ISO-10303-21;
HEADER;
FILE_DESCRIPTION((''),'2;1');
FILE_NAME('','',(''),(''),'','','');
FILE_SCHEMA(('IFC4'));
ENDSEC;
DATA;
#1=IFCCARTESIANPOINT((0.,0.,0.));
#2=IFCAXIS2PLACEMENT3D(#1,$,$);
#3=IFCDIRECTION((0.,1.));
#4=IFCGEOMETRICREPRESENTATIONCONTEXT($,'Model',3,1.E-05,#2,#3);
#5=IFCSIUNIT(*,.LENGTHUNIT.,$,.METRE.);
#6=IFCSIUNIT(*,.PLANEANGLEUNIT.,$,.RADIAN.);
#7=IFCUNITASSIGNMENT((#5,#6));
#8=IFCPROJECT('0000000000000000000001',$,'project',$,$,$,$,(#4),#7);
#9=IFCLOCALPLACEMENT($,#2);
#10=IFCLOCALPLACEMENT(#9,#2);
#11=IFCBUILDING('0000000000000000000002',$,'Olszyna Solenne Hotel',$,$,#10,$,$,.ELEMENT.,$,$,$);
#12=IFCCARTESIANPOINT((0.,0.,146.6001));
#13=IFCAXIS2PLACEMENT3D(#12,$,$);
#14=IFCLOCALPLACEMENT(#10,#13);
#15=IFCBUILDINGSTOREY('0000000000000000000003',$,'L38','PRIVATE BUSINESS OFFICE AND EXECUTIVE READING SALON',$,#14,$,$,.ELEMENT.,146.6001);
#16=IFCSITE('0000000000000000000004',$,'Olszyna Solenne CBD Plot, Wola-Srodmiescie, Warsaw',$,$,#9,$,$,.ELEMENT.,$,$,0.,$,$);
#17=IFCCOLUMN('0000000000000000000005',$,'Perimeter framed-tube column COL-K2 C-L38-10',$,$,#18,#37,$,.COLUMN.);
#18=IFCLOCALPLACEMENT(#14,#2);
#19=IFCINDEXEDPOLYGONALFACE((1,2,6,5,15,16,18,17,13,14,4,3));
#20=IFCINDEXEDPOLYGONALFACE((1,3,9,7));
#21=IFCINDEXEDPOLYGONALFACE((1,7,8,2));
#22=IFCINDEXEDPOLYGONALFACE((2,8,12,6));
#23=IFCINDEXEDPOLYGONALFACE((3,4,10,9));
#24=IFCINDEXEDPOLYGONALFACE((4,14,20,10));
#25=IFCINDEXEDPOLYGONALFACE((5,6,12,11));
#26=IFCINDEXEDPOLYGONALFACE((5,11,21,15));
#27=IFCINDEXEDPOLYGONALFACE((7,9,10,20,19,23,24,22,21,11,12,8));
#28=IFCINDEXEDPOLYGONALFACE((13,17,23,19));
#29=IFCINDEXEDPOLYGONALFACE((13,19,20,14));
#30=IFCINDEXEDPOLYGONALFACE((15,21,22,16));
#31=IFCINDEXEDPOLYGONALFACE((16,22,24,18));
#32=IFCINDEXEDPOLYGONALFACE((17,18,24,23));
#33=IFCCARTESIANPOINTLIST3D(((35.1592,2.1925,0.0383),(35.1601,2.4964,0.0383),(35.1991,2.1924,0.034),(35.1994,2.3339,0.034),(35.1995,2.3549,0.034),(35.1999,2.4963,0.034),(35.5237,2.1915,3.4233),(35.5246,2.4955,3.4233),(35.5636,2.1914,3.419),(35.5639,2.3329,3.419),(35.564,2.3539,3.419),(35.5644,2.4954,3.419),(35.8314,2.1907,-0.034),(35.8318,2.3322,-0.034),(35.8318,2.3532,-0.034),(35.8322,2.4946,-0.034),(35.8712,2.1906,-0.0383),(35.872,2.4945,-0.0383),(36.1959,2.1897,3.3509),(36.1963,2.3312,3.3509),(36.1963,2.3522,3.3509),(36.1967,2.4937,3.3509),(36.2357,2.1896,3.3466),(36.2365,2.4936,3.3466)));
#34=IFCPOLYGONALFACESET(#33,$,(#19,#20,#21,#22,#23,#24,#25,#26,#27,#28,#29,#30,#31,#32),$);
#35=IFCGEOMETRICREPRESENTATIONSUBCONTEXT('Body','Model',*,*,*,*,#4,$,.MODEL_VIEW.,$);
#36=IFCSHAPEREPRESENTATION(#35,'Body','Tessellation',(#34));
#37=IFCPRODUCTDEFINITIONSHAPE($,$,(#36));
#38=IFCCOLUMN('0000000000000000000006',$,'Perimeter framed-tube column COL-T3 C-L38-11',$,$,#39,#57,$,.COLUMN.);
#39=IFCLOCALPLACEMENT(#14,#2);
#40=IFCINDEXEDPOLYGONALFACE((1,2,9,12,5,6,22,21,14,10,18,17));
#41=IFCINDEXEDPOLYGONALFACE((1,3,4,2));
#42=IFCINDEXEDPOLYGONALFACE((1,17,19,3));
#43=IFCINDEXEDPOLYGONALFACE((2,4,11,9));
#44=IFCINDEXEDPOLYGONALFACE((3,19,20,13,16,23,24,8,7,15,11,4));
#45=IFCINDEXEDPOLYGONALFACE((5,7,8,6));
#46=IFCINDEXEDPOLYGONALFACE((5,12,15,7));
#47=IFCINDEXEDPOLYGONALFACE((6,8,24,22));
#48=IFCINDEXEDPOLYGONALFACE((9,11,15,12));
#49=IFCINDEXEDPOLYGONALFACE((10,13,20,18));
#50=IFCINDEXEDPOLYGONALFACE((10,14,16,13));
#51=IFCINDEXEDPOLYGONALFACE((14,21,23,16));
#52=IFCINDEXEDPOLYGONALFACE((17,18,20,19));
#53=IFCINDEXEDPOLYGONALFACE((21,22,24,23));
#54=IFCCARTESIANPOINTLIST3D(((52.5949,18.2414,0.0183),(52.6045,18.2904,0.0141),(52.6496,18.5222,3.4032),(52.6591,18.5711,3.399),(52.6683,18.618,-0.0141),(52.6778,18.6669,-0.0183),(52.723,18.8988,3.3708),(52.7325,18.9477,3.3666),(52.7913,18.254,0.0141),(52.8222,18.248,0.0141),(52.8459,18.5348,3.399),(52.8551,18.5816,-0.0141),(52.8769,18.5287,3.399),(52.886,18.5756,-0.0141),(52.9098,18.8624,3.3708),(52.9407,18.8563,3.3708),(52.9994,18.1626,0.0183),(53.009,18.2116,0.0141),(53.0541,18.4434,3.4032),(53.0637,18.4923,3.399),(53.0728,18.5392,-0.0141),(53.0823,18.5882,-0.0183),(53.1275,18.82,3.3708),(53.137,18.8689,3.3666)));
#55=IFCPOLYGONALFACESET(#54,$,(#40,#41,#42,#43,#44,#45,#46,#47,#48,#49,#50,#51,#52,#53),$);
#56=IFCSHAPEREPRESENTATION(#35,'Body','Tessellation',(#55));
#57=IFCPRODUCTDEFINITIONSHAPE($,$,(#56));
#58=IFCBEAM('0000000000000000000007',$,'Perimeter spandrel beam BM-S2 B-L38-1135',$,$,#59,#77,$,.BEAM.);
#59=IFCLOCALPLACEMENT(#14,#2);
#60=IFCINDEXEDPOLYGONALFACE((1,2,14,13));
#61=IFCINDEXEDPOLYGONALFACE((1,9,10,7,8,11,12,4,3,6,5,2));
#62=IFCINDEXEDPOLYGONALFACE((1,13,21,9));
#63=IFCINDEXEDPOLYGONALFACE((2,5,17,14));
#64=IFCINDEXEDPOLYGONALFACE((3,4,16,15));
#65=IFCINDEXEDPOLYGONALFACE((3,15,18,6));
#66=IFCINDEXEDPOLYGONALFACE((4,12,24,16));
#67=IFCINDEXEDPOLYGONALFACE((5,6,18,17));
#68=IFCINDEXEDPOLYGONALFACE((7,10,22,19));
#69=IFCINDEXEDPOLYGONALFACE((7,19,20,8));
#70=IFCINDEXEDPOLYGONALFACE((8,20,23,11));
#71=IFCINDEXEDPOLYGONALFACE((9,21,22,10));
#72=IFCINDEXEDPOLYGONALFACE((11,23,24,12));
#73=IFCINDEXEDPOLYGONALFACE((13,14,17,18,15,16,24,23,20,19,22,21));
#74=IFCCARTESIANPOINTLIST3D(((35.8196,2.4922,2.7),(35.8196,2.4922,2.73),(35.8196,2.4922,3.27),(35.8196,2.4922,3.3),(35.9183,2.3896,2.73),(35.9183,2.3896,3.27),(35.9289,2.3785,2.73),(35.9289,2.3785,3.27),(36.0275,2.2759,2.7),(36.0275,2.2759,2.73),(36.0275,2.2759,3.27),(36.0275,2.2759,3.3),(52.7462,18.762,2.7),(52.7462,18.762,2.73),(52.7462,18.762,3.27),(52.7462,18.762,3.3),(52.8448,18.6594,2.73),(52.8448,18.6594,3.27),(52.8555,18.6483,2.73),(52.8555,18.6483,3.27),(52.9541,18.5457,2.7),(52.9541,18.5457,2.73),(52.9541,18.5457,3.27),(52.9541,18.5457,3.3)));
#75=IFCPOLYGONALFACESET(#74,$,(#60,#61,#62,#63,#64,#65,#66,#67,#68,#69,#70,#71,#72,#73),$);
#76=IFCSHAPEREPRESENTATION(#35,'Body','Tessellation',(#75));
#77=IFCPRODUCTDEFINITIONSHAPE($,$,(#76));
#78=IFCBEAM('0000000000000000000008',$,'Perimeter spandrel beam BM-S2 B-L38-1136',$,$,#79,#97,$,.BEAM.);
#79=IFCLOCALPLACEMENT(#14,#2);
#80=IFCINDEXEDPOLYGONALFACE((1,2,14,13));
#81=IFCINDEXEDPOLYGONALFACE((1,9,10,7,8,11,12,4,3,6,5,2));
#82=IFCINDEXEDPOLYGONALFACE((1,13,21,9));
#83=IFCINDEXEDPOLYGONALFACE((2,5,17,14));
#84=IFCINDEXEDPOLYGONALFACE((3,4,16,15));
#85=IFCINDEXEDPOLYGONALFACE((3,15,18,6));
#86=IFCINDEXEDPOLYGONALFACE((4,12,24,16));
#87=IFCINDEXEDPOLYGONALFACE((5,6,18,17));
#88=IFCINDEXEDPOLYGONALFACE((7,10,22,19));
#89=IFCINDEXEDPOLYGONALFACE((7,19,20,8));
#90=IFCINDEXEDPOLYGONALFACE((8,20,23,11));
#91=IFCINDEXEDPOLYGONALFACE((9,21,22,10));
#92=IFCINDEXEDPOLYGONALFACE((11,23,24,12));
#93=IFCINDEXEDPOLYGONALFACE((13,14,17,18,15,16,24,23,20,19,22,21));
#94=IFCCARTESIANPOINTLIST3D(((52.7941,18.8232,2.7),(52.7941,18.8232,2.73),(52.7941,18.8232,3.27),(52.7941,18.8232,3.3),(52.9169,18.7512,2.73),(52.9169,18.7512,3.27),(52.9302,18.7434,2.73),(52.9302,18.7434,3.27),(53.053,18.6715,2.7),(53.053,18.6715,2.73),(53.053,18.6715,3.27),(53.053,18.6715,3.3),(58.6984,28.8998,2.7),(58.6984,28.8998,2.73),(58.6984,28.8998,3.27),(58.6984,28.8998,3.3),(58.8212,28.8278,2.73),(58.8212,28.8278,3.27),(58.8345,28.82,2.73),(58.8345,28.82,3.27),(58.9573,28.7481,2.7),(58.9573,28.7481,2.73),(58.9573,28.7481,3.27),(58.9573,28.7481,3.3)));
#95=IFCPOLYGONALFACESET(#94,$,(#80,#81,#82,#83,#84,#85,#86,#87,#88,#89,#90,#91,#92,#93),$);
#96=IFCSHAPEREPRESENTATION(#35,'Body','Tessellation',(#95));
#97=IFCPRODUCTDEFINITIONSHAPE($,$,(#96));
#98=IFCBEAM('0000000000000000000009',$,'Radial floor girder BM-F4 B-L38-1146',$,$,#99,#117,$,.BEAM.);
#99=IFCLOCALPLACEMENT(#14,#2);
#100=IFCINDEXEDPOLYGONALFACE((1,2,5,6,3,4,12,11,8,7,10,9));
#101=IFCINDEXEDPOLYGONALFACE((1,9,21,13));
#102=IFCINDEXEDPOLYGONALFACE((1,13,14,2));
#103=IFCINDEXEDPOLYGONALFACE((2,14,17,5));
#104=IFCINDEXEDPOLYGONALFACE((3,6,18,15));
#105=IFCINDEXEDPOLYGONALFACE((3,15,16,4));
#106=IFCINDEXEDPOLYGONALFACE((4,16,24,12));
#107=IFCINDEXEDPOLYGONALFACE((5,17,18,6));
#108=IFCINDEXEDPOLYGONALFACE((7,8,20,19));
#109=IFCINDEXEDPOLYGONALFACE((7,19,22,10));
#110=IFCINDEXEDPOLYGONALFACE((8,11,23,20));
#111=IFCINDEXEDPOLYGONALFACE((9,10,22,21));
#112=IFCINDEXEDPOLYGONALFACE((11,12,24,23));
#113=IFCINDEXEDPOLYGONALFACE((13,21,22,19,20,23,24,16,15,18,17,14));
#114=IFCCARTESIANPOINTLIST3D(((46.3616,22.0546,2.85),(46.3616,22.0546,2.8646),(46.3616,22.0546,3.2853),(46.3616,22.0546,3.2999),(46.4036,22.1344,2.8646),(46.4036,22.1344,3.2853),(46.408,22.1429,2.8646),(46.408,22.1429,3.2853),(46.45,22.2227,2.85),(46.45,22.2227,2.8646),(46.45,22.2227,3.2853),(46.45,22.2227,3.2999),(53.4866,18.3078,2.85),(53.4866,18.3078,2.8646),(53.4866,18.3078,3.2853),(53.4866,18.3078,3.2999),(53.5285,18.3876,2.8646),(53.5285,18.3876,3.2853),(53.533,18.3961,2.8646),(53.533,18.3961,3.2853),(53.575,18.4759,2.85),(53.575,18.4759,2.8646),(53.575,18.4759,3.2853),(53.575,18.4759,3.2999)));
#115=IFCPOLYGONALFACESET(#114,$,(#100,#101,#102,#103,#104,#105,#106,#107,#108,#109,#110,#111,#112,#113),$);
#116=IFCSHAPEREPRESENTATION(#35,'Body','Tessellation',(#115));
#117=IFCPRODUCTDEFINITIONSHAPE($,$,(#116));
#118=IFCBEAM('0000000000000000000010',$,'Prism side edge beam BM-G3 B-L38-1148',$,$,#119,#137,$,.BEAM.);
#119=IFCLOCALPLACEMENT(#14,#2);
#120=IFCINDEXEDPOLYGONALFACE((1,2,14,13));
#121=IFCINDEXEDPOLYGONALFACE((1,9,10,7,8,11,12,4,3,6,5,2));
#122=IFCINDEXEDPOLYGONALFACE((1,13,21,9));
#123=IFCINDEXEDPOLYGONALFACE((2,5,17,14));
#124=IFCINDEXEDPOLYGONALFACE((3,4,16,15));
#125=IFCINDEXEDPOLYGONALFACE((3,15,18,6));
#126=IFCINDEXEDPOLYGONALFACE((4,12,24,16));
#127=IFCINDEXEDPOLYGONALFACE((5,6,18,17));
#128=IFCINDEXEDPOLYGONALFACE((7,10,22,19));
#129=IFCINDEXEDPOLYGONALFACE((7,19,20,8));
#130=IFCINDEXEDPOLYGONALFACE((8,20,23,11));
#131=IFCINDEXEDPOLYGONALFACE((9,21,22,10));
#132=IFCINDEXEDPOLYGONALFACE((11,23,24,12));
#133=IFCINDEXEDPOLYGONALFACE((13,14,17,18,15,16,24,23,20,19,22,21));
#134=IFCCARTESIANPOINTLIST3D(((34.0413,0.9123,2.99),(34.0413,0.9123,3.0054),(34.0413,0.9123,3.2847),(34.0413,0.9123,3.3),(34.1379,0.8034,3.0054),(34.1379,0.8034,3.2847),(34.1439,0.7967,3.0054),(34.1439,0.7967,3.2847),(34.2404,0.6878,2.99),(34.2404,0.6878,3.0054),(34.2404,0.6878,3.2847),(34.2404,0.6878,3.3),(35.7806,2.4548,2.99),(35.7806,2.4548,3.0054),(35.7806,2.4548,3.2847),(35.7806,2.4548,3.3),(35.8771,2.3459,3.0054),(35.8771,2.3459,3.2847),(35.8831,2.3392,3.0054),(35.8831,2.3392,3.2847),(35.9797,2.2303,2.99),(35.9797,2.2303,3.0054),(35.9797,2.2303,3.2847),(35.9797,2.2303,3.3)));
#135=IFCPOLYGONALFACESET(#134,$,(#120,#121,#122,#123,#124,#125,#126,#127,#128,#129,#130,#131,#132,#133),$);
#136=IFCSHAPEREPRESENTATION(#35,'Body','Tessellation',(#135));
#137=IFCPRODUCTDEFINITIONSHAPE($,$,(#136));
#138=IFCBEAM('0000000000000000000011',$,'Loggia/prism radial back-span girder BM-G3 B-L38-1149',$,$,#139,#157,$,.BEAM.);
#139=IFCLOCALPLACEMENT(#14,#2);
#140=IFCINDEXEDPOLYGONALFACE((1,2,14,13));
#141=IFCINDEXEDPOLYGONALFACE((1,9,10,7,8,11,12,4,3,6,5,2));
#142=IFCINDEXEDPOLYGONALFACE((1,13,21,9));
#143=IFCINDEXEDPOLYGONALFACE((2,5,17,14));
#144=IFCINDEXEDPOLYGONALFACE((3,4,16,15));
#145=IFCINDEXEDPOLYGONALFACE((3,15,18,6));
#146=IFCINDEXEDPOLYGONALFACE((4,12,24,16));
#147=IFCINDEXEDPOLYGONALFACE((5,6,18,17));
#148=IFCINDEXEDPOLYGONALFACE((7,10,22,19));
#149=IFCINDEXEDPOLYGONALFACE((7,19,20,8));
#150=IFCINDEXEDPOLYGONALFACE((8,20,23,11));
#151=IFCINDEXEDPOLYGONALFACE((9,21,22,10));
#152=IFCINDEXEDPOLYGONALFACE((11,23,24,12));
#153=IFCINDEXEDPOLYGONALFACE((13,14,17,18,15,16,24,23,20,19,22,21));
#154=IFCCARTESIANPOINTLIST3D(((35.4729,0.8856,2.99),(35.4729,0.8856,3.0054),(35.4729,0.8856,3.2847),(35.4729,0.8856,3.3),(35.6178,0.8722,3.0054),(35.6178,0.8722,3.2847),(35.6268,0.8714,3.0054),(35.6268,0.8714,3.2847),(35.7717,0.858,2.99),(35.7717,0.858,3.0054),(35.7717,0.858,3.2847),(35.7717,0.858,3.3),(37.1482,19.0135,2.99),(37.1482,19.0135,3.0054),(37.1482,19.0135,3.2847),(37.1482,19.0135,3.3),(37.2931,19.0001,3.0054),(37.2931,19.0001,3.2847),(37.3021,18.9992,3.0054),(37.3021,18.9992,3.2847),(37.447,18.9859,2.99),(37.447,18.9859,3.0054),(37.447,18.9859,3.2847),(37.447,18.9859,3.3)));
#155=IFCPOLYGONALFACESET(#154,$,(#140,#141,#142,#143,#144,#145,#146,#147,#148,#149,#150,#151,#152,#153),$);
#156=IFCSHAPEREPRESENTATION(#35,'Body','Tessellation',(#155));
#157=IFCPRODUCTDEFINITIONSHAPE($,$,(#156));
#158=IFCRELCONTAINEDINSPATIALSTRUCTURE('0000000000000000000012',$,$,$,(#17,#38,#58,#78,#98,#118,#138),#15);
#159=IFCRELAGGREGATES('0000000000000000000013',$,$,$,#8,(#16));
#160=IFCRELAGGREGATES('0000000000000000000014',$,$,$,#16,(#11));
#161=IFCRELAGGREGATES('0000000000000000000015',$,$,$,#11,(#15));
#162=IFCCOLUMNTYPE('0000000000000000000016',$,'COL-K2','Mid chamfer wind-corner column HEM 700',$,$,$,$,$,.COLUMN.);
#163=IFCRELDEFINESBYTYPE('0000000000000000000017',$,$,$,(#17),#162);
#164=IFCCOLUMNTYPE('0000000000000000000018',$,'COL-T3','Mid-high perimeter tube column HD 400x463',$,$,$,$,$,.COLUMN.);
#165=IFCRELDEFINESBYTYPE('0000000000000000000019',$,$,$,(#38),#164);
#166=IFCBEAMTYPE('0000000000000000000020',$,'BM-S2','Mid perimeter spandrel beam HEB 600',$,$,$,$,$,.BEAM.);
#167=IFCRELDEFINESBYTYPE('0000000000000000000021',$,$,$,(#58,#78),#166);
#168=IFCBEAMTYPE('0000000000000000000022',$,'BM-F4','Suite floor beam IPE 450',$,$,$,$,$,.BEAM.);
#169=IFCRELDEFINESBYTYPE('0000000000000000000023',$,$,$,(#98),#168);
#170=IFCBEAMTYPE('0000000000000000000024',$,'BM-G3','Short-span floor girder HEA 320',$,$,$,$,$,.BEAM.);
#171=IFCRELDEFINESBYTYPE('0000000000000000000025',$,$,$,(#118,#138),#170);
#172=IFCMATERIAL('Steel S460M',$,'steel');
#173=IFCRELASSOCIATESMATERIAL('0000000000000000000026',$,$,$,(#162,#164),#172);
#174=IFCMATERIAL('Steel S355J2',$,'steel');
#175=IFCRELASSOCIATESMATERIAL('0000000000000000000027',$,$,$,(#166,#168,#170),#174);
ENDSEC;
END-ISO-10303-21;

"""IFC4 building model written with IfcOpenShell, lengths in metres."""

from ifc_helpers import new_model, si_unit, direction, frame, origin, origin_2d, place, context, subcontext, project, spatial, i_section, extrude, source, transform, mapped, material, material_profile, profile_set, type_object, element, save


model = new_model("IFC4")

# Units and contexts
model_context = context("Model", 3, precision=1e-05, world=origin(), true_north=direction((0.0, 1.0)))
body_context = subcontext(model_context, "Body", "Model", "MODEL_VIEW")
ifc_project = project(units=[si_unit("LENGTHUNIT", "METRE"), si_unit("PLANEANGLEUNIT", "RADIAN")], contexts=[model_context])

# Site, building, storey
site_placement = place(None, origin())
site = spatial("IfcSite", under=ifc_project, at=site_placement, Name="Olszyna Solenne CBD Plot, Wola-Srodmiescie, Warsaw", CompositionType="ELEMENT", RefElevation=0.0)
building_placement = place(site_placement, origin())
building = spatial("IfcBuilding", under=site, at=building_placement, Name="Olszyna Solenne Hotel", CompositionType="ELEMENT")
storey_placement = place(building_placement, frame((0.0, 0.0, 146.6001)))
storey = spatial("IfcBuildingStorey", under=building, at=storey_placement, Name="L38", Description="PRIVATE BUSINESS OFFICE AND EXECUTIVE READING SALON", CompositionType="ELEMENT", Elevation=146.6001)

# Columns
ifc_material_1 = material(Name="Steel S460M", Category="steel")
ifc_material_profile_1 = material_profile(ifc_material_1, i_section(OverallWidth=0.304, OverallDepth=0.7161, WebThickness=0.021, FlangeThickness=0.04, at=origin_2d()), Name="HEM 700", Category="load-bearing")
ifc_profile_set_1 = profile_set([ifc_material_profile_1], Name="Steel S460M")
column_type_1 = type_object("IfcColumnType", Name="COL-K2", Description="Mid chamfer wind-corner column HEM 700", PredefinedType="COLUMN", material=ifc_profile_set_1)
shared_shape_1 = source(origin(), body_context, "Body", "SweptSolid", [
    extrude(i_section(OverallWidth=0.304, OverallDepth=0.7161, WebThickness=0.021, FlangeThickness=0.04, at=origin_2d()), origin(), (0.0, 0.0, 1.0), 3.4045),
])
column_1_placement = place(storey_placement, frame((35.5156, 2.3435, 0.0), z_axis=(0.107062, -0.000287, 0.994252), x_axis=(0.002679, 0.999996, 0.0)))
element("IfcColumn", 1, at=column_1_placement, inside=storey, type_object=column_type_1, Name="Perimeter framed-tube column COL-K2 C-L38-10", PredefinedType="COLUMN", context=body_context, shape_type="MappedRepresentation", body=[
    mapped(shared_shape_1, transform((0.0, 0.0, 0.0), x_axis=(1.0, 0.0, 0.0), y_axis=(0.0, 1.0, 0.0), z_axis=(0.0, 0.0, 1.0), scale=1.0)),
])
ifc_material_profile_2 = material_profile(ifc_material_1, i_section(OverallWidth=0.4121, OverallDepth=0.4351, WebThickness=0.0315, FlangeThickness=0.05, at=origin_2d()), Name="HD 400x463", Category="load-bearing")
ifc_profile_set_2 = profile_set([ifc_material_profile_2], Name="Steel S460M")
column_type_2 = type_object("IfcColumnType", Name="COL-T3", Description="Mid-high perimeter tube column HD 400x463", PredefinedType="COLUMN", material=ifc_profile_set_2)
shared_shape_2 = source(origin(), body_context, "Body", "SweptSolid", [
    extrude(i_section(OverallWidth=0.4121, OverallDepth=0.4351, WebThickness=0.0315, FlangeThickness=0.05, at=origin_2d()), origin(), (0.0, 0.0, 1.0), 3.397),
])
column_2_placement = place(storey_placement, frame((52.8386, 18.4148, 0.0), z_axis=(0.016098, 0.082648, 0.996449), x_axis=(-0.981553, 0.191189, 0.0)))
element("IfcColumn", 2, at=column_2_placement, inside=storey, type_object=column_type_2, Name="Perimeter framed-tube column COL-T3 C-L38-11", PredefinedType="COLUMN", context=body_context, shape_type="MappedRepresentation", body=[
    mapped(shared_shape_2, transform((0.0, 0.0, 0.0), x_axis=(1.0, 0.0, 0.0), y_axis=(0.0, 1.0, 0.0), z_axis=(0.0, 0.0, 1.0), scale=1.0)),
])

# Beams
ifc_material_2 = material(Name="Steel S355J2", Category="steel")
ifc_material_profile_3 = material_profile(ifc_material_2, i_section(OverallWidth=0.3, OverallDepth=0.6001, WebThickness=0.0154, FlangeThickness=0.03, at=origin_2d()), Name="HEB 600", Category="load-bearing")
ifc_profile_set_3 = profile_set([ifc_material_profile_3], Name="Steel S355J2")
beam_type_1 = type_object("IfcBeamType", Name="BM-S2", Description="Mid perimeter spandrel beam HEB 600", PredefinedType="BEAM", material=ifc_profile_set_3)
shared_shape_3 = source(origin(), body_context, "Body", "SweptSolid", [
    extrude(i_section(OverallWidth=0.3, OverallDepth=0.6001, WebThickness=0.0154, FlangeThickness=0.03, at=origin_2d()), origin(), (0.0, 0.0, 1.0), 23.478),
])
beam_1_placement = place(storey_placement, frame((35.9236, 2.384, 3.0), z_axis=(0.720955, 0.692982, 0.0), x_axis=(-0.692982, 0.720955, 0.0)))
element("IfcBeam", 3, at=beam_1_placement, inside=storey, type_object=beam_type_1, Name="Perimeter spandrel beam BM-S2 B-L38-1135", PredefinedType="BEAM", context=body_context, shape_type="MappedRepresentation", body=[
    mapped(shared_shape_3, transform((0.0, 0.0, 0.0), x_axis=(1.0, 0.0, 0.0), y_axis=(0.0, 1.0, 0.0), z_axis=(0.0, 0.0, 1.0), scale=1.0)),
])
shared_shape_4 = source(origin(), body_context, "Body", "SweptSolid", [
    extrude(i_section(OverallWidth=0.3, OverallDepth=0.6001, WebThickness=0.0154, FlangeThickness=0.03, at=origin_2d()), origin(), (0.0, 0.0, 1.0), 11.679),
])
beam_2_placement = place(storey_placement, frame((52.9236, 18.7473, 3.0), z_axis=(0.505547, 0.862799, 0.0), x_axis=(-0.862799, 0.505547, 0.0)))
element("IfcBeam", 4, at=beam_2_placement, inside=storey, type_object=beam_type_1, Name="Perimeter spandrel beam BM-S2 B-L38-1136", PredefinedType="BEAM", context=body_context, shape_type="MappedRepresentation", body=[
    mapped(shared_shape_4, transform((0.0, 0.0, 0.0), x_axis=(1.0, 0.0, 0.0), y_axis=(0.0, 1.0, 0.0), z_axis=(0.0, 0.0, 1.0), scale=1.0)),
])
ifc_material_profile_4 = material_profile(ifc_material_2, i_section(OverallWidth=0.1899, OverallDepth=0.45, WebThickness=0.0095, FlangeThickness=0.0146, at=origin_2d()), Name="IPE 450", Category="load-bearing")
ifc_profile_set_4 = profile_set([ifc_material_profile_4], Name="Steel S355J2")
beam_type_2 = type_object("IfcBeamType", Name="BM-F4", Description="Suite floor beam IPE 450", PredefinedType="BEAM", material=ifc_profile_set_4)
shared_shape_5 = source(origin(), body_context, "Body", "SweptSolid", [
    extrude(i_section(OverallWidth=0.1899, OverallDepth=0.45, WebThickness=0.0095, FlangeThickness=0.0146, at=origin_2d()), origin(), (0.0, 0.0, 1.0), 8.05),
])
beam_3_placement = place(storey_placement, frame((53.5308, 18.3918, 3.075), z_axis=(-0.885081, 0.465438, 0.0), x_axis=(-0.465438, -0.885081, 0.0)))
element("IfcBeam", 5, at=beam_3_placement, inside=storey, type_object=beam_type_2, Name="Radial floor girder BM-F4 B-L38-1146", PredefinedType="BEAM", context=body_context, shape_type="MappedRepresentation", body=[
    mapped(shared_shape_5, transform((0.0, 0.0, 0.0), x_axis=(1.0, 0.0, 0.0), y_axis=(0.0, 1.0, 0.0), z_axis=(0.0, 0.0, 1.0), scale=1.0)),
])
ifc_material_profile_5 = material_profile(ifc_material_2, i_section(OverallWidth=0.3, OverallDepth=0.3101, WebThickness=0.009, FlangeThickness=0.0154, at=origin_2d()), Name="HEA 320", Category="load-bearing")
ifc_profile_set_5 = profile_set([ifc_material_profile_5], Name="Steel S355J2")
beam_type_3 = type_object("IfcBeamType", Name="BM-G3", Description="Short-span floor girder HEA 320", PredefinedType="BEAM", material=ifc_profile_set_5)
shared_shape_6 = source(origin(), body_context, "Body", "SweptSolid", [
    extrude(i_section(OverallWidth=0.3, OverallDepth=0.3101, WebThickness=0.009, FlangeThickness=0.0154, at=origin_2d()), origin(), (0.0, 0.0, 1.0), 2.3247),
])
beam_4_placement = place(storey_placement, frame((35.8801, 2.3425, 3.145), z_axis=(-0.748162, -0.663516, 0.0), x_axis=(0.663516, -0.748162, 0.0)))
element("IfcBeam", 6, at=beam_4_placement, inside=storey, type_object=beam_type_3, Name="Prism side edge beam BM-G3 B-L38-1148", PredefinedType="BEAM", context=body_context, shape_type="MappedRepresentation", body=[
    mapped(shared_shape_6, transform((0.0, 0.0, 0.0), x_axis=(1.0, 0.0, 0.0), y_axis=(0.0, 1.0, 0.0), z_axis=(0.0, 0.0, 1.0), scale=1.0)),
])
shared_shape_7 = source(origin(), body_context, "Body", "SweptSolid", [
    extrude(i_section(OverallWidth=0.3, OverallDepth=0.3101, WebThickness=0.009, FlangeThickness=0.0154, at=origin_2d()), origin(), (0.0, 0.0, 1.0), 18.2051),
])
beam_5_placement = place(storey_placement, frame((35.6223, 0.8718, 3.145), z_axis=(0.092023, 0.995757, 0.0), x_axis=(-0.995757, 0.092023, 0.0)))
element("IfcBeam", 7, at=beam_5_placement, inside=storey, type_object=beam_type_3, Name="Loggia/prism radial back-span girder BM-G3 B-L38-1149", PredefinedType="BEAM", context=body_context, shape_type="MappedRepresentation", body=[
    mapped(shared_shape_7, transform((0.0, 0.0, 0.0), x_axis=(1.0, 0.0, 0.0), y_axis=(0.0, 1.0, 0.0), z_axis=(0.0, 0.0, 1.0), scale=1.0)),
])

save(model, "model.ifc")
